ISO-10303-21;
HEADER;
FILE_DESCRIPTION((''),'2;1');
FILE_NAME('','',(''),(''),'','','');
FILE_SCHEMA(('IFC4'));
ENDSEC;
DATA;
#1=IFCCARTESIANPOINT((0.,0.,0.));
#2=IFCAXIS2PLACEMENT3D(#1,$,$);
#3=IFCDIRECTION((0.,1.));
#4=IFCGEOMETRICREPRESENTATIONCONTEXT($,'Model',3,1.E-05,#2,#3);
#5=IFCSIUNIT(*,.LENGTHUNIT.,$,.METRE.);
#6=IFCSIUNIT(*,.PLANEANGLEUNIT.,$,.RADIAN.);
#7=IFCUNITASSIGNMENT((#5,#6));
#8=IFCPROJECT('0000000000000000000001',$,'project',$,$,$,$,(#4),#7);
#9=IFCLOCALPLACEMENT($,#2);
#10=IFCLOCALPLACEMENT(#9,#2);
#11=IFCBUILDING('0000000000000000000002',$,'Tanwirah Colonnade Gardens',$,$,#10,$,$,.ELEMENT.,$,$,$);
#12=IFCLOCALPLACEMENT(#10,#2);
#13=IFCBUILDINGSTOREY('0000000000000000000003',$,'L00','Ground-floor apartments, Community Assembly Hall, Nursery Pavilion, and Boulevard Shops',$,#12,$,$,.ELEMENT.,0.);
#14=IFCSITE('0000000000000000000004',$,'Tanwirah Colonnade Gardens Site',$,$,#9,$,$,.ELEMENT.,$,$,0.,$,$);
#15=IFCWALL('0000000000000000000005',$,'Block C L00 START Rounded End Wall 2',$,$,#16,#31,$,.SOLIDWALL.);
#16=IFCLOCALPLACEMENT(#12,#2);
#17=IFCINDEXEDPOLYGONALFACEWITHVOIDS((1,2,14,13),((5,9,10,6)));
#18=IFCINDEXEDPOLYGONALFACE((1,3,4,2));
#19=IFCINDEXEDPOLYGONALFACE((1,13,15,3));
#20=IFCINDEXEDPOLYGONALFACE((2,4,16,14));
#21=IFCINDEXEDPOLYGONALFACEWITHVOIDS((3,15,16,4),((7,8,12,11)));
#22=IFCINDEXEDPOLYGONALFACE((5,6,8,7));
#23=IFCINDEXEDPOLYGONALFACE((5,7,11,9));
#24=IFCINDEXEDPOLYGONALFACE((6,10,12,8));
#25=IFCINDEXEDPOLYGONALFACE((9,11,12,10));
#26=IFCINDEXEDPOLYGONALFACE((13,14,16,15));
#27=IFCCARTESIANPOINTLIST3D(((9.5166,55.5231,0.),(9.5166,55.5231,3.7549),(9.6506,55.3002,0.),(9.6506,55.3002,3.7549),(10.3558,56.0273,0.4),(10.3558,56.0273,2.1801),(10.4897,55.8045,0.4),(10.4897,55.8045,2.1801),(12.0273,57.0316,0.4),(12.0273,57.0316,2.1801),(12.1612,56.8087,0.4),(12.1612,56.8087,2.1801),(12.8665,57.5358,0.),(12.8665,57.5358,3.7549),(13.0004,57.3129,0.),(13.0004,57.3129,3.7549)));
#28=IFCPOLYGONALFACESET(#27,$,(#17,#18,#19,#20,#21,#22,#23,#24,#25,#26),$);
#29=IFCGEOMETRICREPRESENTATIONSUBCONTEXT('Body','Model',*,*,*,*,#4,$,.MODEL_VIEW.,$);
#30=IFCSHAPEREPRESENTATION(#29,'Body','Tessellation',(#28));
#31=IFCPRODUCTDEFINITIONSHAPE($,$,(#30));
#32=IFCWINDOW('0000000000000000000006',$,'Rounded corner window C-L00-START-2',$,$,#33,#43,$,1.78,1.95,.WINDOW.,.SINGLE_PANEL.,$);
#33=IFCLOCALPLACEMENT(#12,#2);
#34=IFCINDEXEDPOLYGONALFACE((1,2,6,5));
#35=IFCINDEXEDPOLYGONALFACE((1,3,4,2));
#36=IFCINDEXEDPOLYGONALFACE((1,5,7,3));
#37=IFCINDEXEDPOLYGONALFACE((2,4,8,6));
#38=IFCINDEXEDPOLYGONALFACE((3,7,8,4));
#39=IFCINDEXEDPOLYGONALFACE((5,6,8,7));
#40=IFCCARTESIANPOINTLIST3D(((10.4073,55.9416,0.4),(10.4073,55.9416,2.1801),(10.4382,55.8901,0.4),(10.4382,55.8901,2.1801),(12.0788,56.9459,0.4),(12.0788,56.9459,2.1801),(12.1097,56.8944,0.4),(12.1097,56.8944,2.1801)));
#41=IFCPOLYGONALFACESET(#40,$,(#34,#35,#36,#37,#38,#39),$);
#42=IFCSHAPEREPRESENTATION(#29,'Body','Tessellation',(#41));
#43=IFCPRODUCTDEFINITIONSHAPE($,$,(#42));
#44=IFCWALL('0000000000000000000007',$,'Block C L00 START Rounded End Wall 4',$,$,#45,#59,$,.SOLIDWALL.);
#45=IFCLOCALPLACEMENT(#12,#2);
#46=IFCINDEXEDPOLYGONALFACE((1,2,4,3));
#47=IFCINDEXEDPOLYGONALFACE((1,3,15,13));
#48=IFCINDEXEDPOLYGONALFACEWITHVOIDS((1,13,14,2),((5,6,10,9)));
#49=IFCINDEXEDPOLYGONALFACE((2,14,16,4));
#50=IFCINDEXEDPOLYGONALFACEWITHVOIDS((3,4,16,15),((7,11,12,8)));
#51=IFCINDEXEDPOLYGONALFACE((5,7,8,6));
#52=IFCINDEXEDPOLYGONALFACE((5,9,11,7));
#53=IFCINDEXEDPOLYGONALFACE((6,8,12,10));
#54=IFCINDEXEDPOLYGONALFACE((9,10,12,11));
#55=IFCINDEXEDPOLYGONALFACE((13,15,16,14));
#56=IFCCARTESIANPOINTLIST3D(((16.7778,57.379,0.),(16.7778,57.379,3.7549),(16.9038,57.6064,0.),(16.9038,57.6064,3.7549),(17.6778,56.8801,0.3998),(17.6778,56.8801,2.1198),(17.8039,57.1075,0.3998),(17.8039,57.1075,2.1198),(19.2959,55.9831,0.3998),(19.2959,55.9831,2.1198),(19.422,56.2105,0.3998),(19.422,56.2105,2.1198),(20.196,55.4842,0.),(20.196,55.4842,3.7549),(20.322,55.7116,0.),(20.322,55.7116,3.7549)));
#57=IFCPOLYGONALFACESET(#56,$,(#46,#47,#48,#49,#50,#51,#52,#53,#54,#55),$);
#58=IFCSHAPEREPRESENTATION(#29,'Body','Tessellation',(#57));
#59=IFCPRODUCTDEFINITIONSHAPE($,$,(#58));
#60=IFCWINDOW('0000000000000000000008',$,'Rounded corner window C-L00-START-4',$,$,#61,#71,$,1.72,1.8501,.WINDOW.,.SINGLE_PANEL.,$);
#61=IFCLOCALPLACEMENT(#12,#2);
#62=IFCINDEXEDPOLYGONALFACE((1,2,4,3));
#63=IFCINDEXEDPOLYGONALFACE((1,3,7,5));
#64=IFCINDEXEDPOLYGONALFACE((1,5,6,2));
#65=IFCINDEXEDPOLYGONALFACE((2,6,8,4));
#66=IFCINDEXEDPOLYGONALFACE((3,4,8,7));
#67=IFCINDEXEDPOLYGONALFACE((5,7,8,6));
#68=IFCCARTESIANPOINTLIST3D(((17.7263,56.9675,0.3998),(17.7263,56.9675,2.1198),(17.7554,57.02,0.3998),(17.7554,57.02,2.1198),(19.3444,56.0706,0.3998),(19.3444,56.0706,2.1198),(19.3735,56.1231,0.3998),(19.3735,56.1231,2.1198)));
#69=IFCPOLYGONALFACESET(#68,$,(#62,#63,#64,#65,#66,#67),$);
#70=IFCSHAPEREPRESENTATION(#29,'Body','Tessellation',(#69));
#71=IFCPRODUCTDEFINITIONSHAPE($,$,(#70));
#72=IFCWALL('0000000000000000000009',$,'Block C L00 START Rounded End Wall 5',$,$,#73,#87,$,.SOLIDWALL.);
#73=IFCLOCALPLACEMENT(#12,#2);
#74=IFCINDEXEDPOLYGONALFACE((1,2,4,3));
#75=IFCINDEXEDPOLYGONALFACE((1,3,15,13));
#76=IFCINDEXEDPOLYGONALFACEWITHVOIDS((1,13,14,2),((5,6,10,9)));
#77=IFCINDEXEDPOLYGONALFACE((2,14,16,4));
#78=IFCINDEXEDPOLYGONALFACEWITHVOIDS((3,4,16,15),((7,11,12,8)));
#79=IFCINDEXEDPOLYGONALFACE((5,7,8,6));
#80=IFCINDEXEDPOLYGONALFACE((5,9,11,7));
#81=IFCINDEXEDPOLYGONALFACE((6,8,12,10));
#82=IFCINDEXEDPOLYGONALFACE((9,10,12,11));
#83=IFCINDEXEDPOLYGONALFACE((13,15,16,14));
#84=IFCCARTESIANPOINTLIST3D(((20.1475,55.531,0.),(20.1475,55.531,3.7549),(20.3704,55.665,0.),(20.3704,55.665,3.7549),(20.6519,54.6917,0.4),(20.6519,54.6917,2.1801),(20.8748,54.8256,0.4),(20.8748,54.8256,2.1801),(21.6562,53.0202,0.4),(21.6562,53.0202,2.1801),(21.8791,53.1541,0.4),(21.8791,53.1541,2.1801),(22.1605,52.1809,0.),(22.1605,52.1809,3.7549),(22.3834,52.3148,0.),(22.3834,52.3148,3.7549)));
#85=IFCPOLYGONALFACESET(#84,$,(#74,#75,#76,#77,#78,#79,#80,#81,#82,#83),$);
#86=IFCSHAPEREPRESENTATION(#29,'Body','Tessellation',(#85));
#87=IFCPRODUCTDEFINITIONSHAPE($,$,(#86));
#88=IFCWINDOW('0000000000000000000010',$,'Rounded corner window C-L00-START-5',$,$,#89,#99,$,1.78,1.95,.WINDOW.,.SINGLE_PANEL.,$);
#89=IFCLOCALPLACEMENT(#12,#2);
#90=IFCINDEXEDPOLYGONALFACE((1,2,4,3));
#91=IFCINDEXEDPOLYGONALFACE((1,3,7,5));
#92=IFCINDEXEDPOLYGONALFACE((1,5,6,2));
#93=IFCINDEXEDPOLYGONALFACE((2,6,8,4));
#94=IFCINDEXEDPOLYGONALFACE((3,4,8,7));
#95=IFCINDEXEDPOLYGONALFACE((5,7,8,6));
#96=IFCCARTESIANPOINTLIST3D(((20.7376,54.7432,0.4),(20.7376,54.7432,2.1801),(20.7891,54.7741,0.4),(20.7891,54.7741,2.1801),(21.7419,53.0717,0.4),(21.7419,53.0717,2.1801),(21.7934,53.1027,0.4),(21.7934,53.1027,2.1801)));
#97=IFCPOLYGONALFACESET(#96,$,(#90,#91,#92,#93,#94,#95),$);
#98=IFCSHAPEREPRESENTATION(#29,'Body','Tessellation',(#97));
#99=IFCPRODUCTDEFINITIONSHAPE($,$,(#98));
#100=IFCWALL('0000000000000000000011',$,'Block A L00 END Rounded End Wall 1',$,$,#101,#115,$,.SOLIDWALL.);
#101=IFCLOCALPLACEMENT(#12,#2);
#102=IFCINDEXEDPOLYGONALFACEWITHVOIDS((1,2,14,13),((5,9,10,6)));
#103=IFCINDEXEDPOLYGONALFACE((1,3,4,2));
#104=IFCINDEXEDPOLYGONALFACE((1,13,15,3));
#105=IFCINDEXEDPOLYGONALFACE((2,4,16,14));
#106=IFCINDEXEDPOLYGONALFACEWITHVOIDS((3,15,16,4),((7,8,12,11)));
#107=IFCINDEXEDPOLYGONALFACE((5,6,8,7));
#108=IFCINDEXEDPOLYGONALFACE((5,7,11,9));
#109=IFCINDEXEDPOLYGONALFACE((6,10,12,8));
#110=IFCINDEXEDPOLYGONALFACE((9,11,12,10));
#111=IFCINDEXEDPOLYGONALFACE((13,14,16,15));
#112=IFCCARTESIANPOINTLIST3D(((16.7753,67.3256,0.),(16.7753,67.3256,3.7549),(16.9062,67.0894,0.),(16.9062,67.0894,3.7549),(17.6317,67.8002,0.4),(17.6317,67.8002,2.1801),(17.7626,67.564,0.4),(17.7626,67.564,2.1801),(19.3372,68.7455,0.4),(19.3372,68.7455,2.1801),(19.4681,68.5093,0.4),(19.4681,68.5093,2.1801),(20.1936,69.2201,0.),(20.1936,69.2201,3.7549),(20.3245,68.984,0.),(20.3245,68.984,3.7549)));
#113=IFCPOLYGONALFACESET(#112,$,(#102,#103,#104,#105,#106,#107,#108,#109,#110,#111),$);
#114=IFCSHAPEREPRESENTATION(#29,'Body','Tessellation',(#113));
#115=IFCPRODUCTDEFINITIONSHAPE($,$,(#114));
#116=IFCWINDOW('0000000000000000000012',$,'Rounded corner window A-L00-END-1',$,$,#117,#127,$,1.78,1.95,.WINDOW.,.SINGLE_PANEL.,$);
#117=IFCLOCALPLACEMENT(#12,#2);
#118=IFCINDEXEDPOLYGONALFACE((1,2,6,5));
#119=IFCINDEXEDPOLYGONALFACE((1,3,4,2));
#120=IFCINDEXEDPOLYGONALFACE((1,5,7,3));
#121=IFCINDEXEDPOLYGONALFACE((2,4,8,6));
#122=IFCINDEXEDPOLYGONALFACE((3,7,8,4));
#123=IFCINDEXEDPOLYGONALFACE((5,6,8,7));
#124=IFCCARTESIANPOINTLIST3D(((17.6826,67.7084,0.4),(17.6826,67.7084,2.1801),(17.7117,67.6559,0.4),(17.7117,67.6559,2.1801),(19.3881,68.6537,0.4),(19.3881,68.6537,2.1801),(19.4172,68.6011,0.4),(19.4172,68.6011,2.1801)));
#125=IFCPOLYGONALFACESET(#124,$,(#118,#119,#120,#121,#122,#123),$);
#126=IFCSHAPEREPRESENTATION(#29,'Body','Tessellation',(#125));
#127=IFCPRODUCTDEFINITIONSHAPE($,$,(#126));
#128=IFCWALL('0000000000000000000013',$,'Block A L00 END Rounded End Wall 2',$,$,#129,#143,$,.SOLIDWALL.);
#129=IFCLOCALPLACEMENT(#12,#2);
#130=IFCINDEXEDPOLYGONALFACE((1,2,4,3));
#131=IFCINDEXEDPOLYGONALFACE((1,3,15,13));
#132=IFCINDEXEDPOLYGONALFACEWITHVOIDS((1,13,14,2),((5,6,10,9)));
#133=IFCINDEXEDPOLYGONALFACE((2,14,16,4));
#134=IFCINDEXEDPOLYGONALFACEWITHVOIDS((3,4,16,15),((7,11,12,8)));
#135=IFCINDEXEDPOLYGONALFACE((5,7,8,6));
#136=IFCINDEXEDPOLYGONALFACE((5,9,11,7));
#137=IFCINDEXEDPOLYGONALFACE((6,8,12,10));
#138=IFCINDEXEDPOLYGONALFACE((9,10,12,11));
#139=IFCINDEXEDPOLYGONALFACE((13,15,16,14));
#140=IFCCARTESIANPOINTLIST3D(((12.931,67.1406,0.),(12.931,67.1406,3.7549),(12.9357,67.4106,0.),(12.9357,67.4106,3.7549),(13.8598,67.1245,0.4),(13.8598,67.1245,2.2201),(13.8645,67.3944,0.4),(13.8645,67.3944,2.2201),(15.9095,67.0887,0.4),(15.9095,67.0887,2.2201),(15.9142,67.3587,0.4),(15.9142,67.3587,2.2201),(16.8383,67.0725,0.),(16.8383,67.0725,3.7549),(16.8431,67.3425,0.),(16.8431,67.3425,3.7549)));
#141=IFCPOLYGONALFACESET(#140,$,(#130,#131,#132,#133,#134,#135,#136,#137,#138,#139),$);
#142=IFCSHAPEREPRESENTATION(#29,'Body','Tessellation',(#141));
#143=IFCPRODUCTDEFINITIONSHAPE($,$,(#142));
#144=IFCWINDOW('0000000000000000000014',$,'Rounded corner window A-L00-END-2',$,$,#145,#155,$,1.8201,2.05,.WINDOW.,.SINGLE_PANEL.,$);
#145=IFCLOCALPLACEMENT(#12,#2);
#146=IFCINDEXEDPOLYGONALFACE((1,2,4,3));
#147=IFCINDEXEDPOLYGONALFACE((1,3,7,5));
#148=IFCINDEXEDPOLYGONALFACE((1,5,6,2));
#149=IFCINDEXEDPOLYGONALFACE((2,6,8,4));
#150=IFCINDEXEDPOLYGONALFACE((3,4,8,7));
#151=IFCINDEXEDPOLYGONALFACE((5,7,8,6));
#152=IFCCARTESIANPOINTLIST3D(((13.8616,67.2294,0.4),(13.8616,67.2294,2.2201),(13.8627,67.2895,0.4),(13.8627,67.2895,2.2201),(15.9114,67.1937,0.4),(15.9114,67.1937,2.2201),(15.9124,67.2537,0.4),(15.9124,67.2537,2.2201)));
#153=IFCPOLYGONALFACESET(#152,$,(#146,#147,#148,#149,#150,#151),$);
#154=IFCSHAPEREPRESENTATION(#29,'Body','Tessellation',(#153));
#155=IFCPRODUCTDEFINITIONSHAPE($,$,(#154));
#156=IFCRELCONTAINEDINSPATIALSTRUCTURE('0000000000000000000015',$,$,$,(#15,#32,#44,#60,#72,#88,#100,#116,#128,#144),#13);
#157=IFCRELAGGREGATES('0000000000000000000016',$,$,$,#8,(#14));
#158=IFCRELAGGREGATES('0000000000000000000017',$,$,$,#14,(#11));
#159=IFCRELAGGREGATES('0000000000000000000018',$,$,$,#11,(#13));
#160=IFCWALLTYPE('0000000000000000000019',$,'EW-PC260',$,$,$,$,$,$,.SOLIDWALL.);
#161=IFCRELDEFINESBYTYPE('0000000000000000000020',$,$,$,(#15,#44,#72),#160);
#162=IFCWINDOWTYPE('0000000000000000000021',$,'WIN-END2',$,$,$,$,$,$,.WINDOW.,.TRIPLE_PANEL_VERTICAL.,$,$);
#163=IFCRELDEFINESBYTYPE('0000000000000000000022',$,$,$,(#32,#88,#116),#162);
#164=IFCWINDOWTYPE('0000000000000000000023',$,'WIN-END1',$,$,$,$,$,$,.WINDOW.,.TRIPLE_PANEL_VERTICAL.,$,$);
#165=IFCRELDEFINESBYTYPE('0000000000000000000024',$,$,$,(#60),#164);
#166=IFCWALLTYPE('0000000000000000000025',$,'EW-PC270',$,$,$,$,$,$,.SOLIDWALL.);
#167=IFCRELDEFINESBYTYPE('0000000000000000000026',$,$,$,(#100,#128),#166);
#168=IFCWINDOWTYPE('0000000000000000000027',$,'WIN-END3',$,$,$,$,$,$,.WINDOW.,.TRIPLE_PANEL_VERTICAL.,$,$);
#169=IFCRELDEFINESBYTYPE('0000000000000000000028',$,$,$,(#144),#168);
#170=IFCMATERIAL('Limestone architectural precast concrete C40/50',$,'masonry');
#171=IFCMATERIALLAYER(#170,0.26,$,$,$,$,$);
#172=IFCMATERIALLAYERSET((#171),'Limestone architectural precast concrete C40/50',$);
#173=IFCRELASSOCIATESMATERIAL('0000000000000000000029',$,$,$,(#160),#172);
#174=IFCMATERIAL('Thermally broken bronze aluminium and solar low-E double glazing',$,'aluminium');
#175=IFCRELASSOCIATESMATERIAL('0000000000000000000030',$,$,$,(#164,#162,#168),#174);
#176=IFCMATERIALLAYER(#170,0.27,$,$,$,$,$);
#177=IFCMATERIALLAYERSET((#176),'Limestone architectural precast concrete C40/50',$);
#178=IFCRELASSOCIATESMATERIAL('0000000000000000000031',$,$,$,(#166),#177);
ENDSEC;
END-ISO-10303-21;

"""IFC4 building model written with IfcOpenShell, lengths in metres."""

from ifc_helpers import new_model, si_unit, direction, frame, frame_2d, origin, place, context, subcontext, project, spatial, rectangle, extrude, material, layer, layer_set, type_object, element, fill, save


model = new_model("IFC4")

# Units and contexts
model_context = context("Model", 3, precision=1e-05, world=origin(), true_north=direction((0.0, 1.0)))
body_context = subcontext(model_context, "Body", "Model", "MODEL_VIEW")
ifc_project = project(units=[si_unit("LENGTHUNIT", "METRE"), si_unit("PLANEANGLEUNIT", "RADIAN")], contexts=[model_context])

# Site, building, storey
site_placement = place(None, origin())
site = spatial("IfcSite", under=ifc_project, at=site_placement, Name="Tanwirah Colonnade Gardens Site", CompositionType="ELEMENT", RefElevation=0.0)
building_placement = place(site_placement, origin())
building = spatial("IfcBuilding", under=site, at=building_placement, Name="Tanwirah Colonnade Gardens", CompositionType="ELEMENT")
storey_placement = place(building_placement, origin())
storey = spatial("IfcBuildingStorey", under=building, at=storey_placement, Name="L00", Description="Ground-floor apartments, Community Assembly Hall, Nursery Pavilion, and Boulevard Shops", CompositionType="ELEMENT", Elevation=0.0)

# Walls, openings, windows
ifc_material_1 = material(Name="Limestone architectural precast concrete C40/50", Category="masonry")
ifc_layer_1 = layer(ifc_material_1, 0.26)
ifc_layer_set_1 = layer_set([ifc_layer_1], Name="Limestone architectural precast concrete C40/50")
wall_type_1 = type_object("IfcWallType", Name="EW-PC260", PredefinedType="SOLIDWALL", material=ifc_layer_set_1)
ifc_material_2 = material(Name="Thermally broken bronze aluminium and solar low-E double glazing", Category="aluminium")
window_type_1 = type_object("IfcWindowType", Name="WIN-END1", PartitioningType="TRIPLE_PANEL_VERTICAL", PredefinedType="WINDOW", material=ifc_material_2)
wall_1_placement = place(storey_placement, frame((9.5835, 55.4116, 0.0), z_axis=(0.0, 0.0, 1.0), x_axis=(0.857179, 0.515019, 0.0)))
wall_1 = element("IfcWall", 1, at=wall_1_placement, inside=storey, type_object=wall_type_1, Name="Block C L00 START Rounded End Wall 2", PredefinedType="SOLIDWALL", context=body_context, shape_type="SweptSolid", body=[
    extrude(rectangle(XDim=3.908, YDim=0.26, at=frame_2d((1.9541, 0.0))), origin(), (0.0, 0.0, 1.0), 3.7549),
])
opening_1_placement = place(wall_1_placement, frame((0.979, 0.0, 0.3999)))
opening_1 = element("IfcOpeningElement", 2, at=opening_1_placement, cuts=wall_1, PredefinedType="OPENING", context=body_context, shape_type="SweptSolid", body=[
    extrude(rectangle(XDim=1.95, YDim=1.78, at=frame_2d((0.9751, 0.8901))), frame((0.0, 0.1399, 0.0), z_axis=(0.0, -1.0, 0.0), x_axis=(1.0, 0.0, 0.0)), (0.0, 0.0, 1.0), 0.28),
])
window_type_2 = type_object("IfcWindowType", Name="WIN-END2", PartitioningType="TRIPLE_PANEL_VERTICAL", PredefinedType="WINDOW", material=ifc_material_2)
window_1_placement = place(opening_1_placement, origin())
window_1 = element("IfcWindow", 3, at=window_1_placement, inside=storey, type_object=window_type_2, Name="Rounded corner window C-L00-START-2", OverallHeight=1.78, OverallWidth=1.95, PartitioningType="SINGLE_PANEL", PredefinedType="WINDOW", context=body_context, shape_type="SweptSolid", body=[
    extrude(rectangle(XDim=1.95, YDim=1.78, at=frame_2d((0.9751, 0.8901))), frame((0.0, 0.03, 0.0), z_axis=(0.0, -1.0, 0.0), x_axis=(1.0, 0.0, 0.0)), (0.0, 0.0, 1.0), 0.0601),
])
fill(opening_1, window_1)
wall_2_placement = place(storey_placement, frame((16.8408, 57.4927, 0.0), z_axis=(0.0, 0.0, 1.0), x_axis=(0.874617, -0.484815, 0.0)))
wall_2 = element("IfcWall", 4, at=wall_2_placement, inside=storey, type_object=wall_type_1, Name="Block C L00 START Rounded End Wall 4", PredefinedType="SOLIDWALL", context=body_context, shape_type="SweptSolid", body=[
    extrude(rectangle(XDim=3.9082, YDim=0.26, at=frame_2d((1.9541, 0.0))), origin(), (0.0, 0.0, 1.0), 3.7549),
])
opening_2_placement = place(wall_2_placement, frame((1.0291, 0.0, 0.3999)))
opening_2 = element("IfcOpeningElement", 5, at=opening_2_placement, cuts=wall_2, PredefinedType="OPENING", context=body_context, shape_type="SweptSolid", body=[
    extrude(rectangle(XDim=1.8501, YDim=1.72, at=frame_2d((0.925, 0.8599))), frame((0.0, 0.1399, 0.0), z_axis=(0.0, -1.0, 0.0), x_axis=(1.0, 0.0, 0.0)), (0.0, 0.0, 1.0), 0.28),
])
window_2_placement = place(opening_2_placement, origin())
window_2 = element("IfcWindow", 6, at=window_2_placement, inside=storey, type_object=window_type_1, Name="Rounded corner window C-L00-START-4", OverallHeight=1.72, OverallWidth=1.8501, PartitioningType="SINGLE_PANEL", PredefinedType="WINDOW", context=body_context, shape_type="SweptSolid", body=[
    extrude(rectangle(XDim=1.8501, YDim=1.72, at=frame_2d((0.925, 0.8599))), frame((0.0, 0.03, 0.0), z_axis=(0.0, -1.0, 0.0), x_axis=(1.0, 0.0, 0.0)), (0.0, 0.0, 1.0), 0.0601),
])
fill(opening_2, window_2)
wall_3_placement = place(storey_placement, frame((20.259, 55.5979, 0.0), z_axis=(0.0, 0.0, 1.0), x_axis=(0.515038, -0.857168, 0.0)))
wall_3 = element("IfcWall", 7, at=wall_3_placement, inside=storey, type_object=wall_type_1, Name="Block C L00 START Rounded End Wall 5", PredefinedType="SOLIDWALL", context=body_context, shape_type="SweptSolid", body=[
    extrude(rectangle(XDim=3.9084, YDim=0.26, at=frame_2d((1.9541, 0.0))), origin(), (0.0, 0.0, 1.0), 3.7549),
])
opening_3_placement = place(wall_3_placement, frame((0.979, 0.0, 0.3999)))
opening_3 = element("IfcOpeningElement", 8, at=opening_3_placement, cuts=wall_3, PredefinedType="OPENING", context=body_context, shape_type="SweptSolid", body=[
    extrude(rectangle(XDim=1.95, YDim=1.78, at=frame_2d((0.9751, 0.8901))), frame((0.0, 0.1399, 0.0), z_axis=(0.0, -1.0, 0.0), x_axis=(1.0, 0.0, 0.0)), (0.0, 0.0, 1.0), 0.28),
])
window_3_placement = place(opening_3_placement, origin())
window_3 = element("IfcWindow", 9, at=window_3_placement, inside=storey, type_object=window_type_2, Name="Rounded corner window C-L00-START-5", OverallHeight=1.78, OverallWidth=1.95, PartitioningType="SINGLE_PANEL", PredefinedType="WINDOW", context=body_context, shape_type="SweptSolid", body=[
    extrude(rectangle(XDim=1.95, YDim=1.78, at=frame_2d((0.9751, 0.8901))), frame((0.0, 0.03, 0.0), z_axis=(0.0, -1.0, 0.0), x_axis=(1.0, 0.0, 0.0)), (0.0, 0.0, 1.0), 0.0601),
])
fill(opening_3, window_3)
ifc_layer_2 = layer(ifc_material_1, 0.27)
ifc_layer_set_2 = layer_set([ifc_layer_2], Name="Limestone architectural precast concrete C40/50")
wall_type_2 = type_object("IfcWallType", Name="EW-PC270", PredefinedType="SOLIDWALL", material=ifc_layer_set_2)
wall_4_placement = place(storey_placement, frame((20.259, 69.1021, 0.0), z_axis=(0.0, 0.0, 1.0), x_axis=(-0.874643, -0.484768, 0.0)))
wall_4 = element("IfcWall", 10, at=wall_4_placement, inside=storey, type_object=wall_type_2, Name="Block A L00 END Rounded End Wall 1", PredefinedType="SOLIDWALL", context=body_context, shape_type="SweptSolid", body=[
    extrude(rectangle(XDim=3.9082, YDim=0.27, at=frame_2d((1.9541, 0.0))), origin(), (0.0, 0.0, 1.0), 3.7549),
])
opening_4_placement = place(wall_4_placement, frame((0.979, 0.0, 0.3999)))
opening_4 = element("IfcOpeningElement", 11, at=opening_4_placement, cuts=wall_4, PredefinedType="OPENING", context=body_context, shape_type="SweptSolid", body=[
    extrude(rectangle(XDim=1.95, YDim=1.78, at=frame_2d((0.9751, 0.8901))), frame((0.0, 0.145, 0.0), z_axis=(0.0, -1.0, 0.0), x_axis=(1.0, 0.0, 0.0)), (0.0, 0.0, 1.0), 0.29),
])
window_4_placement = place(opening_4_placement, origin())
window_4 = element("IfcWindow", 12, at=window_4_placement, inside=storey, type_object=window_type_2, Name="Rounded corner window A-L00-END-1", OverallHeight=1.78, OverallWidth=1.95, PartitioningType="SINGLE_PANEL", PredefinedType="WINDOW", context=body_context, shape_type="SweptSolid", body=[
    extrude(rectangle(XDim=1.95, YDim=1.78, at=frame_2d((0.9751, 0.8901))), frame((0.0, 0.03, 0.0), z_axis=(0.0, -1.0, 0.0), x_axis=(1.0, 0.0, 0.0)), (0.0, 0.0, 1.0), 0.0601),
])
fill(opening_4, window_4)
wall_5_placement = place(storey_placement, frame((16.8408, 67.2075, 0.0), z_axis=(0.0, 0.0, 1.0), x_axis=(-0.999848, 0.017429, 0.0)))
wall_5 = element("IfcWall", 13, at=wall_5_placement, inside=storey, type_object=wall_type_2, Name="Block A L00 END Rounded End Wall 2", PredefinedType="SOLIDWALL", context=body_context, shape_type="SweptSolid", body=[
    extrude(rectangle(XDim=3.908, YDim=0.27, at=frame_2d((1.9541, 0.0))), origin(), (0.0, 0.0, 1.0), 3.7549),
])
opening_5_placement = place(wall_5_placement, frame((0.9292, 0.0, 0.3999)))
opening_5 = element("IfcOpeningElement", 14, at=opening_5_placement, cuts=wall_5, PredefinedType="OPENING", context=body_context, shape_type="SweptSolid", body=[
    extrude(rectangle(XDim=2.05, YDim=1.8201, at=frame_2d((1.0249, 0.9102))), frame((0.0, 0.145, 0.0), z_axis=(0.0, -1.0, 0.0), x_axis=(1.0, 0.0, 0.0)), (0.0, 0.0, 1.0), 0.29),
])
window_type_3 = type_object("IfcWindowType", Name="WIN-END3", PartitioningType="TRIPLE_PANEL_VERTICAL", PredefinedType="WINDOW", material=ifc_material_2)
window_5_placement = place(opening_5_placement, origin())
window_5 = element("IfcWindow", 15, at=window_5_placement, inside=storey, type_object=window_type_3, Name="Rounded corner window A-L00-END-2", OverallHeight=1.8201, OverallWidth=2.05, PartitioningType="SINGLE_PANEL", PredefinedType="WINDOW", context=body_context, shape_type="SweptSolid", body=[
    extrude(rectangle(XDim=2.05, YDim=1.8201, at=frame_2d((1.0249, 0.9102))), frame((0.0, 0.03, 0.0), z_axis=(0.0, -1.0, 0.0), x_axis=(1.0, 0.0, 0.0)), (0.0, 0.0, 1.0), 0.0601),
])
fill(opening_5, window_5)

save(model, "model.ifc")
